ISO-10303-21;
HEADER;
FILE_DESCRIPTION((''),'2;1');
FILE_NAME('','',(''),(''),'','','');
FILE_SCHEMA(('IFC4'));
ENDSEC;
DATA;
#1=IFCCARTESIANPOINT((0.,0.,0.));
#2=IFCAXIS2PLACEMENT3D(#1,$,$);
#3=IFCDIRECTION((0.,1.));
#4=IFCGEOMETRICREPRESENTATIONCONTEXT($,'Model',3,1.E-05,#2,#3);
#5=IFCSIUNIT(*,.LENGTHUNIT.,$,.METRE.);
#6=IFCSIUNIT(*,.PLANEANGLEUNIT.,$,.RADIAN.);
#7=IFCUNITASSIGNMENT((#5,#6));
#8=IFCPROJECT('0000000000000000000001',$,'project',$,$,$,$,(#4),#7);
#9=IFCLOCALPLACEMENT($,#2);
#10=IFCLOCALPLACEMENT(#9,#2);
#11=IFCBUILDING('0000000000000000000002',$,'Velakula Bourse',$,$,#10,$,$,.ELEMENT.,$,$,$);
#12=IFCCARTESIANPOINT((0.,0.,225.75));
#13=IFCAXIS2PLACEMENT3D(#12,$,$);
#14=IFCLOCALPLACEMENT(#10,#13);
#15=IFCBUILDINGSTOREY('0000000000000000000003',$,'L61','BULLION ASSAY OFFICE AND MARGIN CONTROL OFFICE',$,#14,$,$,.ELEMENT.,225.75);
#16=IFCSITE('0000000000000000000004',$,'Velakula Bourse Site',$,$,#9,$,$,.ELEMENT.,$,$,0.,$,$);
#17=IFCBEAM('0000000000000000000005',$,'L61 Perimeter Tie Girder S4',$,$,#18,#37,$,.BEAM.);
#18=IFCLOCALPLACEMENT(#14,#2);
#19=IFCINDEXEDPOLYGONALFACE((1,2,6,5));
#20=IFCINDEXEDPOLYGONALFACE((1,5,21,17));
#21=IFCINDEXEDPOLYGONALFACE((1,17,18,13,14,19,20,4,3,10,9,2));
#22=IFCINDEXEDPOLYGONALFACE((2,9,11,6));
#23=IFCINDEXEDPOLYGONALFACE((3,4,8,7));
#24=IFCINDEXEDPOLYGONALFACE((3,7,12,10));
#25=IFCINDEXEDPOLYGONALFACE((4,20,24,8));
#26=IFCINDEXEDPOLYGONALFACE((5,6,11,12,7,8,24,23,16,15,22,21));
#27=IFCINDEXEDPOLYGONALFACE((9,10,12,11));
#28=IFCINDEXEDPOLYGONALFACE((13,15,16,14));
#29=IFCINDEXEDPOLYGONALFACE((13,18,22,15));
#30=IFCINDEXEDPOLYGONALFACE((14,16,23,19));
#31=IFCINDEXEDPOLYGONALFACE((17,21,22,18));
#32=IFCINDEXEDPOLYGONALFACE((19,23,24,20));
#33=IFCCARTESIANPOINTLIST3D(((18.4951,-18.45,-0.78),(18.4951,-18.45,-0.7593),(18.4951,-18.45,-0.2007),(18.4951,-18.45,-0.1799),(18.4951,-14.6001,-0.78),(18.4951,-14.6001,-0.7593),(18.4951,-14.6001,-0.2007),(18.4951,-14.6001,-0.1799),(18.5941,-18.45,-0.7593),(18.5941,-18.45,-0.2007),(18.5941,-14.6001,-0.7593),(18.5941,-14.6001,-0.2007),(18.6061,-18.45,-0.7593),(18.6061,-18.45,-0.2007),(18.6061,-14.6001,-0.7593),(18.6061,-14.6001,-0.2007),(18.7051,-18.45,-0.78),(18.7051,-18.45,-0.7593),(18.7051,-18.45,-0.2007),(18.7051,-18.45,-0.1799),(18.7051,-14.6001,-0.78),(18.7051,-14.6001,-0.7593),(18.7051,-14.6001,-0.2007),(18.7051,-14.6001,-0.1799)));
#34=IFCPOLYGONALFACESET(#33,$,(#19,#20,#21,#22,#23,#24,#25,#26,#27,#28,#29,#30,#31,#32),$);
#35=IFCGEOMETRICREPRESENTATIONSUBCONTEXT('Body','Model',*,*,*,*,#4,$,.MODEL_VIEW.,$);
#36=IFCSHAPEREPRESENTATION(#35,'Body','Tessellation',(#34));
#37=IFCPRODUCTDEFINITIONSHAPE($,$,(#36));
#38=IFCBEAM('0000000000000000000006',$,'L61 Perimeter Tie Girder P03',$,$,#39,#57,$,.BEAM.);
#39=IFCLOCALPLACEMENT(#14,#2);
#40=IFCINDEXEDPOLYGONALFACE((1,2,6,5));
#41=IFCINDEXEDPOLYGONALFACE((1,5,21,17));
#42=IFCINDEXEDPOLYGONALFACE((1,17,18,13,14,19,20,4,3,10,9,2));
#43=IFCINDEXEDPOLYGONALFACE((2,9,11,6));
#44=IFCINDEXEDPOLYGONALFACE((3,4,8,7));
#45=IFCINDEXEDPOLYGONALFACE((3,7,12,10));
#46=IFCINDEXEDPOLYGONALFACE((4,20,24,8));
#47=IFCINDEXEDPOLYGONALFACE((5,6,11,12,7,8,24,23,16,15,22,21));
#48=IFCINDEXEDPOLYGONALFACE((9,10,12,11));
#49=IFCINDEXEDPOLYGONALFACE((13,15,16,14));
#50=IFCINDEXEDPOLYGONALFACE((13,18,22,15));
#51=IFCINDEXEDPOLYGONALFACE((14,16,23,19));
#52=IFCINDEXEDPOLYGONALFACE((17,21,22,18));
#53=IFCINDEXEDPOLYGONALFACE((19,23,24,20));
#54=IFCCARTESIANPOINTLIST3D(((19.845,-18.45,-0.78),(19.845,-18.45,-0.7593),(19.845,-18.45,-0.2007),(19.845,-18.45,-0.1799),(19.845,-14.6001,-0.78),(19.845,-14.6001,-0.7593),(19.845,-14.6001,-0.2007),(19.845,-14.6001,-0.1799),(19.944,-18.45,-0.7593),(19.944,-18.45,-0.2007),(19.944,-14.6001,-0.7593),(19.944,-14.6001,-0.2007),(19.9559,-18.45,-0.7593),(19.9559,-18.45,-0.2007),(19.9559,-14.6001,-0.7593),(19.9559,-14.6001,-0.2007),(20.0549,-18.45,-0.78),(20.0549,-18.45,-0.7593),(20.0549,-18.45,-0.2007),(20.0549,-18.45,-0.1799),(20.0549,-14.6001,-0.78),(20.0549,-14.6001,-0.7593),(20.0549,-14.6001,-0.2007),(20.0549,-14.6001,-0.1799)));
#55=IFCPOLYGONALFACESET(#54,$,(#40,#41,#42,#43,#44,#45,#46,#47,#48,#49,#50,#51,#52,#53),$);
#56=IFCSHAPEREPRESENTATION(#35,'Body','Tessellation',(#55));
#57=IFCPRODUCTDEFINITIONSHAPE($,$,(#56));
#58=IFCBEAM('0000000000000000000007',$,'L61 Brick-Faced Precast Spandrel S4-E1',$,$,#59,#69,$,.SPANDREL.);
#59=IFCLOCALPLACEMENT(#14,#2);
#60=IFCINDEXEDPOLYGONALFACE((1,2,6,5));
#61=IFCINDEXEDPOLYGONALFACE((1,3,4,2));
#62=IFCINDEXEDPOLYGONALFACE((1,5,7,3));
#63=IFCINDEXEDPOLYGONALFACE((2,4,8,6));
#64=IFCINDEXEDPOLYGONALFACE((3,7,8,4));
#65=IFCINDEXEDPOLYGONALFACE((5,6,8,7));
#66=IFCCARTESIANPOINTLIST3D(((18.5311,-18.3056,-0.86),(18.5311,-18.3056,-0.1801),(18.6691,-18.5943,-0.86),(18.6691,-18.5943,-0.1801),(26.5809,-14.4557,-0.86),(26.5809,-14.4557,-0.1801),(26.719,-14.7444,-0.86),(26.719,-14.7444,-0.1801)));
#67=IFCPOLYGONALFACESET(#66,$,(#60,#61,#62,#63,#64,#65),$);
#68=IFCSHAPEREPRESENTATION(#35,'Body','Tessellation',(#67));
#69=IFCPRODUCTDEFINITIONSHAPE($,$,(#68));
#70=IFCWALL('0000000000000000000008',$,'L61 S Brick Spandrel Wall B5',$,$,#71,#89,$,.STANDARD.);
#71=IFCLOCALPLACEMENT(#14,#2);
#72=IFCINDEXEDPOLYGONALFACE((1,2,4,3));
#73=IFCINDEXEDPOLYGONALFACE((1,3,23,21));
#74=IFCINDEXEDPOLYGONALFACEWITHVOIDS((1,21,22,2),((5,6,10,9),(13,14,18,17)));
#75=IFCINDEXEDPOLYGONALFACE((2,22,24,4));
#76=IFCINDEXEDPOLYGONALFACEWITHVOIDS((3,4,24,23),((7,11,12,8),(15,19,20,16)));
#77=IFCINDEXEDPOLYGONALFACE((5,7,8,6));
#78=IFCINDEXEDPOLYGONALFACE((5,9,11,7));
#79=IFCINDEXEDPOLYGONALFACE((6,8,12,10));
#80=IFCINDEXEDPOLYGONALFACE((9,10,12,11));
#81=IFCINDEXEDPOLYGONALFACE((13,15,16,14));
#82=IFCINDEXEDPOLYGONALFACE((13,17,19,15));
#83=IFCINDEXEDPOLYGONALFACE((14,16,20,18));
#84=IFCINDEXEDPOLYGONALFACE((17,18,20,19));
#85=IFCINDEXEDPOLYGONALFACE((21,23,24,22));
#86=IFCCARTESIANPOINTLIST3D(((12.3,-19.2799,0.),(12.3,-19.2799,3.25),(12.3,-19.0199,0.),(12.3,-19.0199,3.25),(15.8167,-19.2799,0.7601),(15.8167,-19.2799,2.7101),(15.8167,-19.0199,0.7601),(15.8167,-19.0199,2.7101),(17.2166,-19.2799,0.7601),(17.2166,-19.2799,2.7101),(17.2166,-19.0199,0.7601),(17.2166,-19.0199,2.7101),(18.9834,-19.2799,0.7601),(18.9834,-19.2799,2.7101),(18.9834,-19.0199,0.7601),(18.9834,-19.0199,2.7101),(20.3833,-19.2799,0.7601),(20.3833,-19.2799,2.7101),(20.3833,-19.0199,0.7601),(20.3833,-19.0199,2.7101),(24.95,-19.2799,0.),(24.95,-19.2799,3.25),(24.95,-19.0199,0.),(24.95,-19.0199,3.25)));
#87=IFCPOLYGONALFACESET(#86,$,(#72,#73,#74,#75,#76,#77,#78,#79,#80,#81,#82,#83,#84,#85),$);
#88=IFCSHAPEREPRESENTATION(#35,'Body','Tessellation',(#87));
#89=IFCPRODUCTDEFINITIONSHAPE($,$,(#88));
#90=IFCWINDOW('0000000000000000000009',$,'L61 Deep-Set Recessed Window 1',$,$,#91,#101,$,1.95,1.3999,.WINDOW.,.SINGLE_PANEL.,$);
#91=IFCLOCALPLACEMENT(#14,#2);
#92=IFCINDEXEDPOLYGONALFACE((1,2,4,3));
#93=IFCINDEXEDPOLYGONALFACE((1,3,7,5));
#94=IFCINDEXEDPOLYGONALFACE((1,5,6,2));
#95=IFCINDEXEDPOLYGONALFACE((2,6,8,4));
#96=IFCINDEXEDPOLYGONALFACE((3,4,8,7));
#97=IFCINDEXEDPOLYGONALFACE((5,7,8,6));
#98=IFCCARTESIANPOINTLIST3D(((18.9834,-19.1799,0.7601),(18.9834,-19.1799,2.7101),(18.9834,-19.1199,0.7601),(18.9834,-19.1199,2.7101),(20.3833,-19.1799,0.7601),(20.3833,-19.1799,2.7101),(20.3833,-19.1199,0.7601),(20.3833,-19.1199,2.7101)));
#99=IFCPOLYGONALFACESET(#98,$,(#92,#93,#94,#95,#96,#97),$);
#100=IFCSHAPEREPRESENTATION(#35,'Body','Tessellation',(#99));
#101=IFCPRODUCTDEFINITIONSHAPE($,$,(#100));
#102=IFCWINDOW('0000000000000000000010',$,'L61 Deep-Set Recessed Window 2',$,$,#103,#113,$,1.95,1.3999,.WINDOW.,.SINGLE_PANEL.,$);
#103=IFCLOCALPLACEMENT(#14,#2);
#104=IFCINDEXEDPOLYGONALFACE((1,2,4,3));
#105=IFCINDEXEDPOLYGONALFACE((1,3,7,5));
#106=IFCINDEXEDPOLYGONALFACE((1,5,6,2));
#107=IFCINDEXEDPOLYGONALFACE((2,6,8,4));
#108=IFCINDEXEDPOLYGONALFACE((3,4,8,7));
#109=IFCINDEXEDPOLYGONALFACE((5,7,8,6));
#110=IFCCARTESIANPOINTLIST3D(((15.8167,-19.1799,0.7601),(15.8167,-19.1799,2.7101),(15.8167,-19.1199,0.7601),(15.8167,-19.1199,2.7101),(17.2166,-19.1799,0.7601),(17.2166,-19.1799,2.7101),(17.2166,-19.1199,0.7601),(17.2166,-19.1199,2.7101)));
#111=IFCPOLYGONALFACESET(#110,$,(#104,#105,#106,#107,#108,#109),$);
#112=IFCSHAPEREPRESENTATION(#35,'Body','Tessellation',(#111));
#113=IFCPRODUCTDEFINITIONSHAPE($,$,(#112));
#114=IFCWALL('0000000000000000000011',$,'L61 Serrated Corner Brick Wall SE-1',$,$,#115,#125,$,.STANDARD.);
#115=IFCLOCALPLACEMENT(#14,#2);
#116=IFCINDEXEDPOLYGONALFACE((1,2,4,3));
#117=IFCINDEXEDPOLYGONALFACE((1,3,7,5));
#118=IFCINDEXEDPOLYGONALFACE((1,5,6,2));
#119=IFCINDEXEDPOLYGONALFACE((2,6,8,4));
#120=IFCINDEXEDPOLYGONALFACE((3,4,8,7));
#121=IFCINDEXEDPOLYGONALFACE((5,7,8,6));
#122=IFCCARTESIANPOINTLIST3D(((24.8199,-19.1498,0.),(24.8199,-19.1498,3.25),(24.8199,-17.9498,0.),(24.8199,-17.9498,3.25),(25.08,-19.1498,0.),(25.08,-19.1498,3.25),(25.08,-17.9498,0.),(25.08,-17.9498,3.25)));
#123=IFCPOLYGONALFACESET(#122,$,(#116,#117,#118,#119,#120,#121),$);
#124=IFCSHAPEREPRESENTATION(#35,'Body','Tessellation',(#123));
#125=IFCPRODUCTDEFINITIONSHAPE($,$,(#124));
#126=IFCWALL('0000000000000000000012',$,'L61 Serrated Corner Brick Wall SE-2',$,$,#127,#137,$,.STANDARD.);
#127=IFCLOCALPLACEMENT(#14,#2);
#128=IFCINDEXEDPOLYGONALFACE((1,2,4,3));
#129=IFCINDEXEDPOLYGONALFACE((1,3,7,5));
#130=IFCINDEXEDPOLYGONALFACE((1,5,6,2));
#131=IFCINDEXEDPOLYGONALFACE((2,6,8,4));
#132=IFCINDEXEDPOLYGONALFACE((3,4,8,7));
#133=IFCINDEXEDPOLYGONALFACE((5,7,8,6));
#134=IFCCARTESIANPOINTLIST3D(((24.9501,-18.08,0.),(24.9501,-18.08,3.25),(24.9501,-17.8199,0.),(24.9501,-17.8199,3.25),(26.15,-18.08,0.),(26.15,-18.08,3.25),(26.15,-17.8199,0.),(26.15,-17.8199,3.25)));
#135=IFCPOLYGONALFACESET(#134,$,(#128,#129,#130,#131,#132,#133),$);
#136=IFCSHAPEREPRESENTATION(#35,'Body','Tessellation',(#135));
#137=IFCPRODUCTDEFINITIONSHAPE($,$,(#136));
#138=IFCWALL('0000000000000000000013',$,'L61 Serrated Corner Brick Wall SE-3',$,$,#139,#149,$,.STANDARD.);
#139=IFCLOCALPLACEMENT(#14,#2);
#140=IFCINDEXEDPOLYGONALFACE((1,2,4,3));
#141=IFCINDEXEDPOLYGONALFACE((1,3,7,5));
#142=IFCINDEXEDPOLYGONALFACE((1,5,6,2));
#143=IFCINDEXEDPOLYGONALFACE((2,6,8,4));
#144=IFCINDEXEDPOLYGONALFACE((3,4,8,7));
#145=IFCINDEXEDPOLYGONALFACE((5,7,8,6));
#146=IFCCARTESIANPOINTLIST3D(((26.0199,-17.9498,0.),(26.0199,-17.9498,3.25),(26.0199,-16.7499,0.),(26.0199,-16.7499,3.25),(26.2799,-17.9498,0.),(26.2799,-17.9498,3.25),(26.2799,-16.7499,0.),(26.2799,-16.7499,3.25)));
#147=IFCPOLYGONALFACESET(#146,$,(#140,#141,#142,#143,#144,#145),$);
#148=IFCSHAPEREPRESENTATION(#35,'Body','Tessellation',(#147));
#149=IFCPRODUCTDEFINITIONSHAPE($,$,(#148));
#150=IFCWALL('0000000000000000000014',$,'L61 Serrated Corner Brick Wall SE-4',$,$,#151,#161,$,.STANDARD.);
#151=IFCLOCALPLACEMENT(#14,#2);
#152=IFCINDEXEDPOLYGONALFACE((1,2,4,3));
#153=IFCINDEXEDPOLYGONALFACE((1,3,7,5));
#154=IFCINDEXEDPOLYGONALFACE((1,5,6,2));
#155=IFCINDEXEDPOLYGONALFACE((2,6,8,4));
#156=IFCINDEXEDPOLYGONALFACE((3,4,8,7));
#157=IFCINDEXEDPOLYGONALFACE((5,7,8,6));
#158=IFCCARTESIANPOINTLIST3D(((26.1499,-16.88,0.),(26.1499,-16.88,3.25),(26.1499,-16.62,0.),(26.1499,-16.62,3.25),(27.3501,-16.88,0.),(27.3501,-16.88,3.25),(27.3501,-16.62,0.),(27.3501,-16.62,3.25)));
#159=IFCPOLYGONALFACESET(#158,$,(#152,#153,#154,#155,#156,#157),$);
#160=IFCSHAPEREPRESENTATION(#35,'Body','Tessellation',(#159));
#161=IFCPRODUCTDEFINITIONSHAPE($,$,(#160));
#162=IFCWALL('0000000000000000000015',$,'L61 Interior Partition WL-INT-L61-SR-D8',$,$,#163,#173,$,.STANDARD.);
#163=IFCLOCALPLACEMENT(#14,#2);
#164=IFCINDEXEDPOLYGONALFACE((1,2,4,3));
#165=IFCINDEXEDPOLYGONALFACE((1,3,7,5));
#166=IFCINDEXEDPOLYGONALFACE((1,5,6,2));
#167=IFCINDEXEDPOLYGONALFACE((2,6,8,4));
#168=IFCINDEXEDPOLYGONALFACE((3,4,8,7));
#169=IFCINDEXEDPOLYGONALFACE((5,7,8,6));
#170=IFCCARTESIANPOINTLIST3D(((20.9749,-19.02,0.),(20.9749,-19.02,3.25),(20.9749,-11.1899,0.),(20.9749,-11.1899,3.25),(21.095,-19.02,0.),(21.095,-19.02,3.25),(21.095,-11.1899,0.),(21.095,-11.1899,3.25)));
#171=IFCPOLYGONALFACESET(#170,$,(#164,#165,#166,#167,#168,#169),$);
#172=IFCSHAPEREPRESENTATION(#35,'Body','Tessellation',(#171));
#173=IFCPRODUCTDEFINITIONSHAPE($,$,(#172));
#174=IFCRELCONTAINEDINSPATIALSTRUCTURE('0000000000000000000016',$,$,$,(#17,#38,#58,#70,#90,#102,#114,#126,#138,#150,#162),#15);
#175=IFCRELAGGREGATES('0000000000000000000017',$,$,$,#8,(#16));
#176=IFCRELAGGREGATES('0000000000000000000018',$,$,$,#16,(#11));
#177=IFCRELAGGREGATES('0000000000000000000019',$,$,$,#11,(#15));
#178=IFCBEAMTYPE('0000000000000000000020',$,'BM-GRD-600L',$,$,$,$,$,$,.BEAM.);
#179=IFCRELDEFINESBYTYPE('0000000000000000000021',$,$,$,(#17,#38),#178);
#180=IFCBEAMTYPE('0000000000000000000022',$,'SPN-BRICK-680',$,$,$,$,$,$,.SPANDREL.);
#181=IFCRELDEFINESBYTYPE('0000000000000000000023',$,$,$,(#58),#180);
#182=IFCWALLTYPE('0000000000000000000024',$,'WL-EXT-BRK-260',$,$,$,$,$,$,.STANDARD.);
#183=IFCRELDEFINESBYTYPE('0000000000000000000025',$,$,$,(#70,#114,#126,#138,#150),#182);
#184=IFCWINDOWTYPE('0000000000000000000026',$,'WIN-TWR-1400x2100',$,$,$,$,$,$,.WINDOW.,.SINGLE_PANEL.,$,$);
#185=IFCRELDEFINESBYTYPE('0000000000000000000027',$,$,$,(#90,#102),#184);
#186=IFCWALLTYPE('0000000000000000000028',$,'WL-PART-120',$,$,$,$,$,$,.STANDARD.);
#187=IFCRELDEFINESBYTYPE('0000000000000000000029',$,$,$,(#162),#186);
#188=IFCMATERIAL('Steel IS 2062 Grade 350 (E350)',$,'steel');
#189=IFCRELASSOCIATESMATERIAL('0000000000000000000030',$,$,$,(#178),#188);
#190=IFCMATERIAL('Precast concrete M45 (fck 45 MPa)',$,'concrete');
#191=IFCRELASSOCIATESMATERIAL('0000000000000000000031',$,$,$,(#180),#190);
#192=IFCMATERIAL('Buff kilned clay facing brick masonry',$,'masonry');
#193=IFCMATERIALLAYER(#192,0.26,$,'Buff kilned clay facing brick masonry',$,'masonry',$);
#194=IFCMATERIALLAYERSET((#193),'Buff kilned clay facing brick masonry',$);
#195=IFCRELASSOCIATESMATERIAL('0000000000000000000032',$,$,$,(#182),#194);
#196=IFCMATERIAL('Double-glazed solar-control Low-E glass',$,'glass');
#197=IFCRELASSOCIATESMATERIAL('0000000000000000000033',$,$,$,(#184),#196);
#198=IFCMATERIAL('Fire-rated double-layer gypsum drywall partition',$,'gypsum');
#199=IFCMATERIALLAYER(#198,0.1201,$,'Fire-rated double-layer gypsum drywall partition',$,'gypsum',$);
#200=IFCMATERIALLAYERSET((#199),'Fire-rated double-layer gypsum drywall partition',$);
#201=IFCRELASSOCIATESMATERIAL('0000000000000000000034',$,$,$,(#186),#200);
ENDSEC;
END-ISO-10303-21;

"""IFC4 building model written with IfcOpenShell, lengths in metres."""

from ifc_helpers import new_model, si_unit, direction, frame, frame_2d, origin, origin_2d, place, context, subcontext, project, spatial, rectangle, i_section, extrude, material, layer, layer_set, material_profile, profile_set, type_object, element, fill, save


model = new_model("IFC4")

# Units and contexts
model_context = context("Model", 3, precision=1e-05, world=origin(), true_north=direction((0.0, 1.0)))
body_context = subcontext(model_context, "Body", "Model", "MODEL_VIEW")
ifc_project = project(units=[si_unit("LENGTHUNIT", "METRE"), si_unit("PLANEANGLEUNIT", "RADIAN")], contexts=[model_context])

# Site, building, storey
site_placement = place(None, origin())
site = spatial("IfcSite", under=ifc_project, at=site_placement, Name="Velakula Bourse Site", CompositionType="ELEMENT", RefElevation=0.0)
building_placement = place(site_placement, origin())
building = spatial("IfcBuilding", under=site, at=building_placement, Name="Velakula Bourse", CompositionType="ELEMENT")
storey_placement = place(building_placement, frame((0.0, 0.0, 225.75)))
storey = spatial("IfcBuildingStorey", under=building, at=storey_placement, Name="L61", Description="BULLION ASSAY OFFICE AND MARGIN CONTROL OFFICE", CompositionType="ELEMENT", Elevation=225.75)

# Shared definitions
ifc_material_1 = material(Name="Steel IS 2062 Grade 350 (E350)", Category="steel")
ifc_material_2 = material(Name="Precast concrete M45 (fck 45 MPa)", Category="concrete")

# Beams
ifc_material_profile_1 = material_profile(ifc_material_1, i_section(OverallWidth=0.21, OverallDepth=0.6001, WebThickness=0.012, FlangeThickness=0.0208, at=origin_2d()), Name="Steel IS 2062 Grade 350 (E350)")
ifc_profile_set_1 = profile_set([ifc_material_profile_1], Name="Steel IS 2062 Grade 350 (E350)")
beam_type_1 = type_object("IfcBeamType", Name="BM-GRD-600L", PredefinedType="BEAM", material=ifc_profile_set_1)
for number, where, z_axis, x_axis, name in (
    (1, (18.6001, -14.6001, -0.48), (0.0, -1.0, 0.0), (1.0, 0.0, 0.0), "L61 Perimeter Tie Girder S4"),
    (2, (19.95, -14.6001, -0.48), (0.0, -1.0, 0.0), (1.0, 0.0, 0.0), "L61 Perimeter Tie Girder P03"),
):
    element("IfcBeam", number, at=place(storey_placement, frame(where, z_axis=z_axis, x_axis=x_axis)), inside=storey, type_object=beam_type_1, Name=name, PredefinedType="BEAM", context=body_context, shape_type="SweptSolid", body=[
        extrude(i_section(OverallWidth=0.21, OverallDepth=0.6001, WebThickness=0.012, FlangeThickness=0.0208, at=origin_2d()), origin(), (0.0, 0.0, 1.0), 3.8499),
    ])
ifc_material_profile_2 = material_profile(ifc_material_2, rectangle(XDim=0.3201, YDim=0.6799, at=origin_2d()), Name="Precast concrete M45 (fck 45 MPa)")
ifc_profile_set_2 = profile_set([ifc_material_profile_2], Name="Precast concrete M45 (fck 45 MPa)")
beam_type_2 = type_object("IfcBeamType", Name="SPN-BRICK-680", PredefinedType="SPANDREL", material=ifc_profile_set_2)
beam_1_placement = place(storey_placement, frame((18.6001, -18.45, -0.52), z_axis=(0.902137, 0.431451, 0.0), x_axis=(-0.431451, 0.902137, 0.0)))
element("IfcBeam", 3, at=beam_1_placement, inside=storey, type_object=beam_type_2, Name="L61 Brick-Faced Precast Spandrel S4-E1", PredefinedType="SPANDREL", context=body_context, shape_type="SweptSolid", body=[
    extrude(rectangle(XDim=0.3201, YDim=0.6799, at=origin_2d()), origin(), (0.0, 0.0, 1.0), 8.9231),
])

# Wall, openings, windows
ifc_material_3 = material(Name="Buff kilned clay facing brick masonry", Category="masonry")
ifc_layer_1 = layer(ifc_material_3, 0.26, Name="Buff kilned clay facing brick masonry", Category="masonry")
ifc_layer_set_1 = layer_set([ifc_layer_1], Name="Buff kilned clay facing brick masonry")
wall_type_1 = type_object("IfcWallType", Name="WL-EXT-BRK-260", PredefinedType="STANDARD", material=ifc_layer_set_1)
wall_1_placement = place(storey_placement, frame((24.95, -19.1499, 0.0), z_axis=(0.0, 0.0, 1.0), x_axis=(-1.0, 0.0, 0.0)))
wall_1 = element("IfcWall", 4, at=wall_1_placement, inside=storey, type_object=wall_type_1, Name="L61 S Brick Spandrel Wall B5", PredefinedType="STANDARD", context=body_context, shape_type="SweptSolid", body=[
    extrude(rectangle(XDim=12.6499, YDim=0.26, at=frame_2d((6.325, 0.0))), origin(), (0.0, 0.0, 1.0), 3.25),
])
opening_1_placement = place(wall_1_placement, frame((4.5667, 0.0, 0.76)))
opening_1 = element("IfcOpeningElement", 5, at=opening_1_placement, cuts=wall_1, PredefinedType="OPENING", context=body_context, shape_type="SweptSolid", body=[
    extrude(rectangle(XDim=1.3999, YDim=1.95, at=frame_2d((0.7, 0.9751))), frame((0.0, 0.1399, 0.0), z_axis=(0.0, -1.0, 0.0), x_axis=(1.0, 0.0, 0.0)), (0.0, 0.0, 1.0), 0.28),
])
opening_2_placement = place(wall_1_placement, frame((7.7334, 0.0, 0.76)))
opening_2 = element("IfcOpeningElement", 6, at=opening_2_placement, cuts=wall_1, PredefinedType="OPENING", context=body_context, shape_type="SweptSolid", body=[
    extrude(rectangle(XDim=1.3999, YDim=1.95, at=frame_2d((0.7, 0.9751))), frame((0.0, 0.1399, 0.0), z_axis=(0.0, -1.0, 0.0), x_axis=(1.0, 0.0, 0.0)), (0.0, 0.0, 1.0), 0.28),
])
ifc_material_4 = material(Name="Double-glazed solar-control Low-E glass", Category="glass")
window_type = type_object("IfcWindowType", Name="WIN-TWR-1400x2100", PartitioningType="SINGLE_PANEL", PredefinedType="WINDOW", material=ifc_material_4)
window_1_placement = place(opening_1_placement, origin())
window_1 = element("IfcWindow", 7, at=window_1_placement, inside=storey, type_object=window_type, Name="L61 Deep-Set Recessed Window 1", OverallHeight=1.95, OverallWidth=1.3999, PartitioningType="SINGLE_PANEL", PredefinedType="WINDOW", context=body_context, shape_type="SweptSolid", body=[
    extrude(rectangle(XDim=1.3999, YDim=1.95, at=frame_2d((0.7, 0.9751))), frame((0.0, 0.03, 0.0), z_axis=(0.0, -1.0, 0.0), x_axis=(1.0, 0.0, 0.0)), (0.0, 0.0, 1.0), 0.0601),
])
fill(opening_1, window_1)
window_2_placement = place(opening_2_placement, origin())
window_2 = element("IfcWindow", 8, at=window_2_placement, inside=storey, type_object=window_type, Name="L61 Deep-Set Recessed Window 2", OverallHeight=1.95, OverallWidth=1.3999, PartitioningType="SINGLE_PANEL", PredefinedType="WINDOW", context=body_context, shape_type="SweptSolid", body=[
    extrude(rectangle(XDim=1.3999, YDim=1.95, at=frame_2d((0.7, 0.9751))), frame((0.0, 0.03, 0.0), z_axis=(0.0, -1.0, 0.0), x_axis=(1.0, 0.0, 0.0)), (0.0, 0.0, 1.0), 0.0601),
])
fill(opening_2, window_2)

# Walls
for number, where, z_axis, x_axis, name in (
    (9, (24.95, -19.1499, 0.0), (0.0, 0.0, 1.0), (0.0, 1.0, 0.0), "L61 Serrated Corner Brick Wall SE-1"),
    (10, (24.95, -17.95, 0.0), (0.0, 0.0, 1.0), (1.0, 0.0, 0.0), "L61 Serrated Corner Brick Wall SE-2"),
    (11, (26.1499, -17.95, 0.0), (0.0, 0.0, 1.0), (0.0, 1.0, 0.0), "L61 Serrated Corner Brick Wall SE-3"),
):
    element("IfcWall", number, at=place(storey_placement, frame(where, z_axis=z_axis, x_axis=x_axis)), inside=storey, type_object=wall_type_1, Name=name, PredefinedType="STANDARD", context=body_context, shape_type="SweptSolid", body=[
        extrude(rectangle(XDim=1.2, YDim=0.26, at=frame_2d((0.6001, 0.0))), origin(), (0.0, 0.0, 1.0), 3.25),
    ])
wall_2_placement = place(storey_placement, frame((26.1499, -16.75, 0.0), z_axis=(0.0, 0.0, 1.0), x_axis=(1.0, 0.0, 0.0)))
element("IfcWall", 12, at=wall_2_placement, inside=storey, type_object=wall_type_1, Name="L61 Serrated Corner Brick Wall SE-4", PredefinedType="STANDARD", context=body_context, shape_type="SweptSolid", body=[
    extrude(rectangle(XDim=1.2002, YDim=0.26, at=frame_2d((0.6001, 0.0))), origin(), (0.0, 0.0, 1.0), 3.25),
])
ifc_material_5 = material(Name="Fire-rated double-layer gypsum drywall partition", Category="gypsum")
ifc_layer_2 = layer(ifc_material_5, 0.1201, Name="Fire-rated double-layer gypsum drywall partition", Category="gypsum")
ifc_layer_set_2 = layer_set([ifc_layer_2], Name="Fire-rated double-layer gypsum drywall partition")
wall_type_2 = type_object("IfcWallType", Name="WL-PART-120", PredefinedType="STANDARD", material=ifc_layer_set_2)
wall_3_placement = place(storey_placement, frame((21.0349, -19.02, 0.0), z_axis=(0.0, 0.0, 1.0), x_axis=(0.0, 1.0, 0.0)))
element("IfcWall", 13, at=wall_3_placement, inside=storey, type_object=wall_type_2, Name="L61 Interior Partition WL-INT-L61-SR-D8", PredefinedType="STANDARD", context=body_context, shape_type="SweptSolid", body=[
    extrude(rectangle(XDim=7.8301, YDim=0.1201, at=frame_2d((3.915, 0.0))), origin(), (0.0, 0.0, 1.0), 3.25),
])

save(model, "model.ifc")
